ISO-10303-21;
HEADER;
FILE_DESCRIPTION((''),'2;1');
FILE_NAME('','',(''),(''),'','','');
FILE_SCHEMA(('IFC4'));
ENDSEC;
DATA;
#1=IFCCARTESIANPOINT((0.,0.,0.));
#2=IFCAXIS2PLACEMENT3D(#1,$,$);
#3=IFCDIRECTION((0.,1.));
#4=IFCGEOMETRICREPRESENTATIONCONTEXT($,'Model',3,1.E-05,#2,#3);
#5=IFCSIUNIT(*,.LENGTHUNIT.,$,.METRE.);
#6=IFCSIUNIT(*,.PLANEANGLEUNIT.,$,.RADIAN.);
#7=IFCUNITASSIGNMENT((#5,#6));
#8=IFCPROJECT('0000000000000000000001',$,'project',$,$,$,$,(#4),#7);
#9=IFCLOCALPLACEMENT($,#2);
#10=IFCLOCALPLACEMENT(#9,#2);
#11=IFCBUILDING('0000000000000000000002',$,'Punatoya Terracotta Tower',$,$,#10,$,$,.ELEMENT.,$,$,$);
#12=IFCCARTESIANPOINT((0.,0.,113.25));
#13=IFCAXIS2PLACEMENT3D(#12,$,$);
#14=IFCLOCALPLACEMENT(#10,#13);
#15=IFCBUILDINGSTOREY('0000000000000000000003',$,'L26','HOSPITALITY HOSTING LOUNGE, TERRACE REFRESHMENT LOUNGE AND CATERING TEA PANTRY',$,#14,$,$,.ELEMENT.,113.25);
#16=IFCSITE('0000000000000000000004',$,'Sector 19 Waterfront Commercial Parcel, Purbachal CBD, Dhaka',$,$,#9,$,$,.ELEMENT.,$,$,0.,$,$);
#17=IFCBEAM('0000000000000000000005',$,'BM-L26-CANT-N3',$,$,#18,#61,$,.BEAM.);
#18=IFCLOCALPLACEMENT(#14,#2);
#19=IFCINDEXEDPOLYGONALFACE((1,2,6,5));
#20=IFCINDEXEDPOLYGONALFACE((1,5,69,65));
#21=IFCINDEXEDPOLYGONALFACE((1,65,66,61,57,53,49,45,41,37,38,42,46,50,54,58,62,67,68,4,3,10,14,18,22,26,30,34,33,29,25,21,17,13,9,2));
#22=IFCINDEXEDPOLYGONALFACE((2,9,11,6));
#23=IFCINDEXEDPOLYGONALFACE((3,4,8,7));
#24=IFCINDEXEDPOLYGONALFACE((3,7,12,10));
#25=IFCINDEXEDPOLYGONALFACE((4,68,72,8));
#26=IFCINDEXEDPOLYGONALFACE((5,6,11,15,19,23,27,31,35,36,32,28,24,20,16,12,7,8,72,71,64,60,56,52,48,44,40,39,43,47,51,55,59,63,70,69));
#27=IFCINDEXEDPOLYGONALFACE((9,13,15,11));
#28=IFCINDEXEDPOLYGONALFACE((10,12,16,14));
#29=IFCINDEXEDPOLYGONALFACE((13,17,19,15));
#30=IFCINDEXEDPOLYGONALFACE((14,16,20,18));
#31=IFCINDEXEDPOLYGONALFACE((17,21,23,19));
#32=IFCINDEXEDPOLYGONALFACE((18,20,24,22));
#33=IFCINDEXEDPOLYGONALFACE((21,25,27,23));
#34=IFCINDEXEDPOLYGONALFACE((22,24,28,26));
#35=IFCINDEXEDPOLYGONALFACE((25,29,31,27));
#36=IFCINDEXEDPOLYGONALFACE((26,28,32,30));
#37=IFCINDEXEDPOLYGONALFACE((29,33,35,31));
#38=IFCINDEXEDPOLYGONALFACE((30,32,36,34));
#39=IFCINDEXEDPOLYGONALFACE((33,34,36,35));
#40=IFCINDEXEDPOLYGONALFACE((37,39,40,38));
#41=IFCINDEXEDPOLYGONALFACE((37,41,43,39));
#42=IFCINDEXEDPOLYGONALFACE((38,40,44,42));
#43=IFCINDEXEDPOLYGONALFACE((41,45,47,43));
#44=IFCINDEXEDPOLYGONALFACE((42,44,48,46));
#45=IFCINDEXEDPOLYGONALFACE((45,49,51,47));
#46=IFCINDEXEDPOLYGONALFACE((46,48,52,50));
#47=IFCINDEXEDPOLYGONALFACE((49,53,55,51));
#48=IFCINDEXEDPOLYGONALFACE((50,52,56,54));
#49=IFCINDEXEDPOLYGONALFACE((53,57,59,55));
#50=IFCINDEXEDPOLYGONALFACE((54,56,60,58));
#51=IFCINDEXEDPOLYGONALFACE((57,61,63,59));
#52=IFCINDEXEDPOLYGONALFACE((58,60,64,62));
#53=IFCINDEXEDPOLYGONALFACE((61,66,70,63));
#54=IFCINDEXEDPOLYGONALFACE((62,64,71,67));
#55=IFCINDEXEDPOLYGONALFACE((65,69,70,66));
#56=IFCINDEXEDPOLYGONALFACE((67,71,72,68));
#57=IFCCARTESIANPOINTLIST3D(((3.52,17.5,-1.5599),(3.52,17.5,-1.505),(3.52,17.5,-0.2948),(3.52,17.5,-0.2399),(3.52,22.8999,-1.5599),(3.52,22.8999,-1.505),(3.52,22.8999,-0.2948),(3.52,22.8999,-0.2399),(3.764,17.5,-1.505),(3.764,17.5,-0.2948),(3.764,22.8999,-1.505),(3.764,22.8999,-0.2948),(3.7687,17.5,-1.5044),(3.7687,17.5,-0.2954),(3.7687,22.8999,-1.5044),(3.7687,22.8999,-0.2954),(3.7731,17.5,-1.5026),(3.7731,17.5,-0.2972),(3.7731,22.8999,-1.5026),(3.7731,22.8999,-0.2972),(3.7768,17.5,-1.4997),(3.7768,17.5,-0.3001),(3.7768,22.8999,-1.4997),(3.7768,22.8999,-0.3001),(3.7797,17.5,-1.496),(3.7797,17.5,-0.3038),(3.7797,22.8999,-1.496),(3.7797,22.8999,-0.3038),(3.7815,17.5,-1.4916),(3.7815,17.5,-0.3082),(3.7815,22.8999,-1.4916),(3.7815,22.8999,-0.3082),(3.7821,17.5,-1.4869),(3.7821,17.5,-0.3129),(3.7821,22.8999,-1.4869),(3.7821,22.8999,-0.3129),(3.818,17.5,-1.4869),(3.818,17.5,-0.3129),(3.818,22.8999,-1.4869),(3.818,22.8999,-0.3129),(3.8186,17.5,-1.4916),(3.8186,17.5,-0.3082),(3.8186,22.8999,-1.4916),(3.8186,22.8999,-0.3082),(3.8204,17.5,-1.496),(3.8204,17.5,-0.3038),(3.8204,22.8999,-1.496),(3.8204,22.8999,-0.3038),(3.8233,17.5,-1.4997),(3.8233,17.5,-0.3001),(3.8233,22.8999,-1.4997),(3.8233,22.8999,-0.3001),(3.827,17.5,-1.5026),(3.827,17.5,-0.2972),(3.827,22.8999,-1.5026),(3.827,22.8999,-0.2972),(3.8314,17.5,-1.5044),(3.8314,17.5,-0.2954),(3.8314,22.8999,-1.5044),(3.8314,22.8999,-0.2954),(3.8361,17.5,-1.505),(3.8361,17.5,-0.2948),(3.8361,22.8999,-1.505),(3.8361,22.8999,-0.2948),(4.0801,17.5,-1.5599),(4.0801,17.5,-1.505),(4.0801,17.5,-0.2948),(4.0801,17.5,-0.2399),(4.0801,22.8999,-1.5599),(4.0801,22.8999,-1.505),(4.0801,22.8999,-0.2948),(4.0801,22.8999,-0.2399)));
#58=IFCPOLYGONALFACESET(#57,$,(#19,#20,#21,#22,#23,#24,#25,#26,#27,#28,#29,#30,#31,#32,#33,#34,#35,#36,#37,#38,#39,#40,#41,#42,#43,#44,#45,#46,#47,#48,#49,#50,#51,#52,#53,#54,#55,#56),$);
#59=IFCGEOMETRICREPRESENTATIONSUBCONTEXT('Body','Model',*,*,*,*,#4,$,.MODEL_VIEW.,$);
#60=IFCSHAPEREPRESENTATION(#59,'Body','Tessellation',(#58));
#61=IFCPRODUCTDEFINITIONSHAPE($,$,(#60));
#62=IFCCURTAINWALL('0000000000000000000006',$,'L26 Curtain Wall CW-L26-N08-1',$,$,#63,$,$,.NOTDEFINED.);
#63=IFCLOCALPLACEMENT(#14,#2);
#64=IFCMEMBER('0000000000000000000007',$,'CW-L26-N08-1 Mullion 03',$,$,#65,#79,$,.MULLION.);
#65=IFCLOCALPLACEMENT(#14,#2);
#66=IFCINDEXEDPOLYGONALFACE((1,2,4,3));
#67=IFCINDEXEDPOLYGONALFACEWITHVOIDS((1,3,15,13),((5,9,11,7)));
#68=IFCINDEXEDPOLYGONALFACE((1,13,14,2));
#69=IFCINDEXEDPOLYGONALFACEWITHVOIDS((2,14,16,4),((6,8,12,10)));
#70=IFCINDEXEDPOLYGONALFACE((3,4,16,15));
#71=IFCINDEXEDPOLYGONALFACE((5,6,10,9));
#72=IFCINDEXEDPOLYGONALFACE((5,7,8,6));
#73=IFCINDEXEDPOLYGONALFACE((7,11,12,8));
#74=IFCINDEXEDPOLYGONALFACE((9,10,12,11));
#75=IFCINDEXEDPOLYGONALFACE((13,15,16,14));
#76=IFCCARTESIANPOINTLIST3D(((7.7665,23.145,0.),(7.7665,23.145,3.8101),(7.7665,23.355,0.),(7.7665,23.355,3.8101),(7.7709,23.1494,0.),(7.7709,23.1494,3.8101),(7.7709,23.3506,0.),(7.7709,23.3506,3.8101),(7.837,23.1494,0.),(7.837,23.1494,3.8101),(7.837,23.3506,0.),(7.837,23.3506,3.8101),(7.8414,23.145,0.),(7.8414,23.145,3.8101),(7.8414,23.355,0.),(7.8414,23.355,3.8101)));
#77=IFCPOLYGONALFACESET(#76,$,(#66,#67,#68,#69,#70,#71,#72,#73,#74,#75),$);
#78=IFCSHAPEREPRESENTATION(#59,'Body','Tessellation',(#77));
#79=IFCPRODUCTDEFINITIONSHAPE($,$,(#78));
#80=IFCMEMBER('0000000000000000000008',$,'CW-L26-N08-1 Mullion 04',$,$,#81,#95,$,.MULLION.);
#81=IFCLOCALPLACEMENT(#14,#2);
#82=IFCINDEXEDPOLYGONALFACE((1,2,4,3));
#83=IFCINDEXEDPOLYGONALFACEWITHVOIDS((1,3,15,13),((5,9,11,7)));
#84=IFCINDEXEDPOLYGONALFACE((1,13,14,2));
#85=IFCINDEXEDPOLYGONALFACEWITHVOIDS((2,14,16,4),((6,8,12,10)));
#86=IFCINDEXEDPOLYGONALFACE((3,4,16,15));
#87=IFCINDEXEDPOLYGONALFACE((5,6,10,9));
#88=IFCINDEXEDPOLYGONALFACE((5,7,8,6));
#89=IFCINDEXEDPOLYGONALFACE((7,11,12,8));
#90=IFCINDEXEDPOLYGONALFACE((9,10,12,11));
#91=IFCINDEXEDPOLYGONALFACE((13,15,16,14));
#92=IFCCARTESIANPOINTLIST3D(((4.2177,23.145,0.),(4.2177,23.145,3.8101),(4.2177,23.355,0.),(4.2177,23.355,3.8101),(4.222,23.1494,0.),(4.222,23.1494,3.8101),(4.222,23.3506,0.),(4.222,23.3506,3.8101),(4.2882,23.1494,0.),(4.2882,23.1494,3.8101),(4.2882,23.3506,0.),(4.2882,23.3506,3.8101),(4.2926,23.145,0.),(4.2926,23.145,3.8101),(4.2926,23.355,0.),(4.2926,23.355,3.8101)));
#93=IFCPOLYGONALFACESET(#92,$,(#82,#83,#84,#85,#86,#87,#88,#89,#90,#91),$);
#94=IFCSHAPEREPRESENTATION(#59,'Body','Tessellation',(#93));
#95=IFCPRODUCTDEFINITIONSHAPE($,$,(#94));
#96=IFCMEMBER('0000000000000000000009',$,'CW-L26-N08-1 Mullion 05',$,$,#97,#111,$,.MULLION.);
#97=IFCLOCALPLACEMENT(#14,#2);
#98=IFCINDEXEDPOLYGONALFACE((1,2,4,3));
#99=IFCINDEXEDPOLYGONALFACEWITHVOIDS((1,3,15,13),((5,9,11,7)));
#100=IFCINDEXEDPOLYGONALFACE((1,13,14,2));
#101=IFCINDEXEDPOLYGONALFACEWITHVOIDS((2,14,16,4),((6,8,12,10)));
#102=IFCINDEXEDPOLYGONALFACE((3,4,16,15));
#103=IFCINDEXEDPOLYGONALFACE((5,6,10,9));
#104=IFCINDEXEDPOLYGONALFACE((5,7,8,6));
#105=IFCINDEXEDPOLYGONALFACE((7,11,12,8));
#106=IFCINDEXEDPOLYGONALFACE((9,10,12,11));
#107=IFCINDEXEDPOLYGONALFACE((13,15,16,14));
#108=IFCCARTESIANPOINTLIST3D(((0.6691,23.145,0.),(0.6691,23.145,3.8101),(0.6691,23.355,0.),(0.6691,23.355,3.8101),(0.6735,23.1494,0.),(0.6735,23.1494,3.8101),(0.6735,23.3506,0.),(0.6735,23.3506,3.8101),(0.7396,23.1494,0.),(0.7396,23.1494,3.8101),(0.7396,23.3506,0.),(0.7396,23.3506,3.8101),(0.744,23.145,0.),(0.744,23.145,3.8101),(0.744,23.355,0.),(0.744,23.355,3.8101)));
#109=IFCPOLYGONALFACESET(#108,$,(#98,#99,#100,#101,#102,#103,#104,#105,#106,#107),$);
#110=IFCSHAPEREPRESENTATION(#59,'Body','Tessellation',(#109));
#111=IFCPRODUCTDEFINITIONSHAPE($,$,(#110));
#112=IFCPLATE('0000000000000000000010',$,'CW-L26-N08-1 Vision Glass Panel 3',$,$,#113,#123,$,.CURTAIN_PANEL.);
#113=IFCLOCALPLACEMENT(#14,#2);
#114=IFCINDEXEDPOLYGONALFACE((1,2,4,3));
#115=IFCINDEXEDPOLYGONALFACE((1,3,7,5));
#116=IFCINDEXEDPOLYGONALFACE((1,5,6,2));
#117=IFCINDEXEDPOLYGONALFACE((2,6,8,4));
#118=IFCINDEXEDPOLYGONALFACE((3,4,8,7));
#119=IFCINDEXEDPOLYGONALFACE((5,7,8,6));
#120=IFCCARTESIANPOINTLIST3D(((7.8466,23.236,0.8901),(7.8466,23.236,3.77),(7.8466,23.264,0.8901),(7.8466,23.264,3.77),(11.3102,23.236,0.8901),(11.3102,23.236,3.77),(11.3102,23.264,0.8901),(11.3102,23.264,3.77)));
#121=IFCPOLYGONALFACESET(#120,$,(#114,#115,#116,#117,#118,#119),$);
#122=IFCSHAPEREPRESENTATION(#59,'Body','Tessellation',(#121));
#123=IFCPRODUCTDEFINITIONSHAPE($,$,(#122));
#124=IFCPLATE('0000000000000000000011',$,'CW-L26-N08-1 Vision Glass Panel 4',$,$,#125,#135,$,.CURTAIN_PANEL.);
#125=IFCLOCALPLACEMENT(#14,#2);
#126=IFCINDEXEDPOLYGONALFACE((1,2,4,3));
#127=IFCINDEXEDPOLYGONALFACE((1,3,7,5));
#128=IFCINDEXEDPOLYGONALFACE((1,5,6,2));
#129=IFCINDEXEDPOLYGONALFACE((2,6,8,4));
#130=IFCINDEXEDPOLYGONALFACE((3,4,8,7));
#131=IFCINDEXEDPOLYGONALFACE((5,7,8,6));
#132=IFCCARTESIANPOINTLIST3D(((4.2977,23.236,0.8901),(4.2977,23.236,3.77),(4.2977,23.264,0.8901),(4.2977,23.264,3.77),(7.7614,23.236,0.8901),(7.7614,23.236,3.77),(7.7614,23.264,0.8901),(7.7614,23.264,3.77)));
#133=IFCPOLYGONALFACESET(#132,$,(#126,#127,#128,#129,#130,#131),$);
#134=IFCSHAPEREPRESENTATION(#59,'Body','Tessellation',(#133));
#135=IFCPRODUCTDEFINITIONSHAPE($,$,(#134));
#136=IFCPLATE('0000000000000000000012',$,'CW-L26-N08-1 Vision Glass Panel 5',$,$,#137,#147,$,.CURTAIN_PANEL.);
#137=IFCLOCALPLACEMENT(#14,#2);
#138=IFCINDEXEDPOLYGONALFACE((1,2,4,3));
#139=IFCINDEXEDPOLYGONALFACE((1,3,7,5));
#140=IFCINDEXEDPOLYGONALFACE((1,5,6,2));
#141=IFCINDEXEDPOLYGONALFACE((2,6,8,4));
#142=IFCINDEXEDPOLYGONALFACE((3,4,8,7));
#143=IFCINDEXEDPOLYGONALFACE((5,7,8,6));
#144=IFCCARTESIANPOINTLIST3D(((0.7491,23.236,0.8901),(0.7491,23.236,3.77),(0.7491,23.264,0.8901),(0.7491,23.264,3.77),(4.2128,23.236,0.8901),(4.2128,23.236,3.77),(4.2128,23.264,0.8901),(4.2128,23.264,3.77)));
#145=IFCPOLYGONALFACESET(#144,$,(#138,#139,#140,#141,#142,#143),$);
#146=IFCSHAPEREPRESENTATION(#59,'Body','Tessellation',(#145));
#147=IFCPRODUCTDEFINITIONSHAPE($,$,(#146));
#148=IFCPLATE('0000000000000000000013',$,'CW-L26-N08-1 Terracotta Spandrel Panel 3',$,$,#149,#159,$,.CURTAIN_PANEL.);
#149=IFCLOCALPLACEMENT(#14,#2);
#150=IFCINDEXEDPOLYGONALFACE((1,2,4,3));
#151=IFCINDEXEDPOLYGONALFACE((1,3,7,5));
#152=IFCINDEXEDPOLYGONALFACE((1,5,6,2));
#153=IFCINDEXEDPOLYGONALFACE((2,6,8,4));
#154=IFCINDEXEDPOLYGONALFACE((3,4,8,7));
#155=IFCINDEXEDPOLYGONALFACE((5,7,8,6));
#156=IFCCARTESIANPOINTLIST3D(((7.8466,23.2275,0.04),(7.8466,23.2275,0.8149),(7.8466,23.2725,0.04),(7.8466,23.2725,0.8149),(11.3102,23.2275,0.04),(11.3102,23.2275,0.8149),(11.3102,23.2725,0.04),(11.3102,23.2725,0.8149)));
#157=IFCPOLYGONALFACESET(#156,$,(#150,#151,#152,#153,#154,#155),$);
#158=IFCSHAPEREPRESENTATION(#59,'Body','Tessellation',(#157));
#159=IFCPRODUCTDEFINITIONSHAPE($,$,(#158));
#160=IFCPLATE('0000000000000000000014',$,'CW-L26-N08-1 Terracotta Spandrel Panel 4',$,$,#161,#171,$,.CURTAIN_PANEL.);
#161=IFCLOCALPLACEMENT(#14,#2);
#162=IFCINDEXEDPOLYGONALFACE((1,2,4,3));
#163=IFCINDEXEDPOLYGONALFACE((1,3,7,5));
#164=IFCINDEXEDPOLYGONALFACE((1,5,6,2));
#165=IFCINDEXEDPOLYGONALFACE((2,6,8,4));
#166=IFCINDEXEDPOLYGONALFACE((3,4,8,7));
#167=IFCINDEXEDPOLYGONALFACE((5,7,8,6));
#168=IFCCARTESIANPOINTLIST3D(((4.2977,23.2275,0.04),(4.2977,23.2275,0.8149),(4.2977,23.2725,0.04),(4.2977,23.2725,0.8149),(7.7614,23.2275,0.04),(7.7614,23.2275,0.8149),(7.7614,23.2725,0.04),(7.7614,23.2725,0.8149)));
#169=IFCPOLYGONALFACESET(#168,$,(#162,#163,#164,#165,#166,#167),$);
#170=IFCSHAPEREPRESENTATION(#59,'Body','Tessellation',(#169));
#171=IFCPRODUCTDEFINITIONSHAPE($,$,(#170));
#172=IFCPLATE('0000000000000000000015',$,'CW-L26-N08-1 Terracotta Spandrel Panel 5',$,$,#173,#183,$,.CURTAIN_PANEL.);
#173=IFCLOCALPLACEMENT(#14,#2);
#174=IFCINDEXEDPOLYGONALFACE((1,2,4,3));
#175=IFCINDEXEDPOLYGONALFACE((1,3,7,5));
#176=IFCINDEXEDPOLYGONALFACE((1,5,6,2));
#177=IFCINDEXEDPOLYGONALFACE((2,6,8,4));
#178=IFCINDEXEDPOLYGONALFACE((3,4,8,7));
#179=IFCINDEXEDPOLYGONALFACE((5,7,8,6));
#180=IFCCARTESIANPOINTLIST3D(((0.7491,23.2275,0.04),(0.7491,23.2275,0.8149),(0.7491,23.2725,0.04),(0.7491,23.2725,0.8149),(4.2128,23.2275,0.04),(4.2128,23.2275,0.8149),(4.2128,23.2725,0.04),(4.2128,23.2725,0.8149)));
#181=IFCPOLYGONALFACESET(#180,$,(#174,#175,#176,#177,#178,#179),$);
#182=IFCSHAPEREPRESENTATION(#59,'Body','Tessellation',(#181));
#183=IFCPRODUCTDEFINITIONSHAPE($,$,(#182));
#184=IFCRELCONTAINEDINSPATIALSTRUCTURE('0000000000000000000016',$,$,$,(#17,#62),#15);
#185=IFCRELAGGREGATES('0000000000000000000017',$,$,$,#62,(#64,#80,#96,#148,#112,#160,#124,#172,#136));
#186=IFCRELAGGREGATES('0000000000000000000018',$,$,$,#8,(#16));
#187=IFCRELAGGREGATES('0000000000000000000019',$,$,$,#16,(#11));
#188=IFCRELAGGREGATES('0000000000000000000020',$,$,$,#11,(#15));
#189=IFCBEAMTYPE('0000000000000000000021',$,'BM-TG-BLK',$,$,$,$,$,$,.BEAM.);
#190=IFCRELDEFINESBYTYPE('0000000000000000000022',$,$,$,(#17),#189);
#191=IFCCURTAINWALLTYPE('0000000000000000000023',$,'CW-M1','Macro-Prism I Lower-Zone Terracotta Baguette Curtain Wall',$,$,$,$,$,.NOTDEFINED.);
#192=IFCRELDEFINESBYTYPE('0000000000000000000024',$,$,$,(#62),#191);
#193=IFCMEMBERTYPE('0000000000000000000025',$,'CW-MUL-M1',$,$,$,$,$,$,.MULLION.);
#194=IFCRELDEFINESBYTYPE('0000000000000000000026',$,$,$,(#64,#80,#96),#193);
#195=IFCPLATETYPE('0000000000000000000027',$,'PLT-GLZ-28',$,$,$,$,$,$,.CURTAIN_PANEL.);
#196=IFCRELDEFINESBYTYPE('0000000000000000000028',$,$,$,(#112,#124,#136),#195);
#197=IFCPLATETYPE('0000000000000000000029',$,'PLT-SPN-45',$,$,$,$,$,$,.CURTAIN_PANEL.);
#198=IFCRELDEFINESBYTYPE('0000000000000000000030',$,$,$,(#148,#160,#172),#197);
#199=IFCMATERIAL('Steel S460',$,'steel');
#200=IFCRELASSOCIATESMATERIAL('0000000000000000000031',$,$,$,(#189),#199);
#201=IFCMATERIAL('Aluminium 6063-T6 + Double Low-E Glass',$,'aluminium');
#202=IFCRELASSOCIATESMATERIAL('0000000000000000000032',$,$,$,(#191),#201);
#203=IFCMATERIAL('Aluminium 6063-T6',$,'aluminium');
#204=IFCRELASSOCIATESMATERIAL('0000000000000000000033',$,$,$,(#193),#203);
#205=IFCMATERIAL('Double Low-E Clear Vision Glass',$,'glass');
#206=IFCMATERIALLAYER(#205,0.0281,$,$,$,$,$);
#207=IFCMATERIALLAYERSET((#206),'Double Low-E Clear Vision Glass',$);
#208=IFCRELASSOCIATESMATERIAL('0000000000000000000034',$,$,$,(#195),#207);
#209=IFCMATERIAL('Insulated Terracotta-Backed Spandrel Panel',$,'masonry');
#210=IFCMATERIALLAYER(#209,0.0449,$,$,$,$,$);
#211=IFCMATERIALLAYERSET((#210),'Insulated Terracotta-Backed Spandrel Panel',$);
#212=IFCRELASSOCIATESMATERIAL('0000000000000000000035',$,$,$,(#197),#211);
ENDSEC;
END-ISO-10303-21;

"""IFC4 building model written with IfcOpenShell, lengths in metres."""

from ifc_helpers import new_model, si_unit, direction, frame, origin, origin_2d, place, context, subcontext, project, spatial, rectangle, hollow_rectangle, i_section, extrude, material, layer, layer_set, material_profile, profile_set, type_object, element, aggregate, save


model = new_model("IFC4")

# Units and contexts
model_context = context("Model", 3, precision=1e-05, world=origin(), true_north=direction((0.0, 1.0)))
body_context = subcontext(model_context, "Body", "Model", "MODEL_VIEW")
ifc_project = project(units=[si_unit("LENGTHUNIT", "METRE"), si_unit("PLANEANGLEUNIT", "RADIAN")], contexts=[model_context])

# Site, building, storey
site_placement = place(None, origin())
site = spatial("IfcSite", under=ifc_project, at=site_placement, Name="Sector 19 Waterfront Commercial Parcel, Purbachal CBD, Dhaka", CompositionType="ELEMENT", RefElevation=0.0)
building_placement = place(site_placement, origin())
building = spatial("IfcBuilding", under=site, at=building_placement, Name="Punatoya Terracotta Tower", CompositionType="ELEMENT")
storey_placement = place(building_placement, frame((0.0, 0.0, 113.25)))
storey = spatial("IfcBuildingStorey", under=building, at=storey_placement, Name="L26", Description="HOSPITALITY HOSTING LOUNGE, TERRACE REFRESHMENT LOUNGE AND CATERING TEA PANTRY", CompositionType="ELEMENT", Elevation=113.25)

# Shared definitions
ifc_material_1 = material(Name="Steel S460", Category="steel")

# Beam
ifc_material_profile_1 = material_profile(ifc_material_1, i_section(OverallWidth=0.5601, OverallDepth=1.3201, WebThickness=0.0359, FlangeThickness=0.0549, FilletRadius=0.0181, at=origin_2d()))
ifc_profile_set_1 = profile_set([ifc_material_profile_1], Name="Steel S460")
beam_type_1 = type_object("IfcBeamType", Name="BM-TG-BLK", PredefinedType="BEAM", material=ifc_profile_set_1)
beam_1_placement = place(storey_placement, frame((3.8, 17.5, -0.8999), z_axis=(0.0, 1.0, 0.0), x_axis=(-1.0, 0.0, 0.0)))
element("IfcBeam", 1, at=beam_1_placement, inside=storey, type_object=beam_type_1, Name="BM-L26-CANT-N3", PredefinedType="BEAM", context=body_context, shape_type="SweptSolid", body=[
    extrude(i_section(OverallWidth=0.5601, OverallDepth=1.3201, WebThickness=0.0359, FlangeThickness=0.0549, FilletRadius=0.0181, at=origin_2d()), origin(), (0.0, 0.0, 1.0), 5.3999),
])

# Curtain wall, members, plates
ifc_material_2 = material(Name="Aluminium 6063-T6 + Double Low-E Glass", Category="aluminium")
curtain_wall_type = type_object("IfcCurtainWallType", Name="CW-M1", Description="Macro-Prism I Lower-Zone Terracotta Baguette Curtain Wall", PredefinedType="NOTDEFINED", material=ifc_material_2)
curtain_wall_placement = place(storey_placement, origin())
curtain_wall = element("IfcCurtainWall", 2, at=curtain_wall_placement, inside=storey, type_object=curtain_wall_type, Name="L26 Curtain Wall CW-L26-N08-1", PredefinedType="NOTDEFINED")
ifc_material_3 = material(Name="Aluminium 6063-T6", Category="aluminium")
ifc_material_profile_2 = material_profile(ifc_material_3, hollow_rectangle(XDim=0.075, YDim=0.21, WallThickness=0.0044, at=origin_2d()))
ifc_profile_set_2 = profile_set([ifc_material_profile_2], Name="Aluminium 6063-T6")
member_type = type_object("IfcMemberType", Name="CW-MUL-M1", PredefinedType="MULLION", material=ifc_profile_set_2)
member_1_placement = place(storey_placement, frame((7.804, 23.25, 0.0), z_axis=(0.0, 0.0, 1.0), x_axis=(1.0, 0.0, 0.0)))
member_1 = element("IfcMember", 3, at=member_1_placement, type_object=member_type, Name="CW-L26-N08-1 Mullion 03", PredefinedType="MULLION", context=body_context, shape_type="SweptSolid", body=[
    extrude(hollow_rectangle(XDim=0.075, YDim=0.21, WallThickness=0.0044, at=origin_2d()), origin(), (0.0, 0.0, 1.0), 3.8101),
])
member_2_placement = place(storey_placement, frame((4.2551, 23.25, 0.0), z_axis=(0.0, 0.0, 1.0), x_axis=(1.0, 0.0, 0.0)))
member_2 = element("IfcMember", 4, at=member_2_placement, type_object=member_type, Name="CW-L26-N08-1 Mullion 04", PredefinedType="MULLION", context=body_context, shape_type="SweptSolid", body=[
    extrude(hollow_rectangle(XDim=0.075, YDim=0.21, WallThickness=0.0044, at=origin_2d()), origin(), (0.0, 0.0, 1.0), 3.8101),
])
member_3_placement = place(storey_placement, frame((0.7065, 23.25, 0.0), z_axis=(0.0, 0.0, 1.0), x_axis=(1.0, 0.0, 0.0)))
member_3 = element("IfcMember", 5, at=member_3_placement, type_object=member_type, Name="CW-L26-N08-1 Mullion 05", PredefinedType="MULLION", context=body_context, shape_type="SweptSolid", body=[
    extrude(hollow_rectangle(XDim=0.075, YDim=0.21, WallThickness=0.0044, at=origin_2d()), origin(), (0.0, 0.0, 1.0), 3.8101),
])
ifc_material_4 = material(Name="Double Low-E Clear Vision Glass", Category="glass")
ifc_layer_1 = layer(ifc_material_4, 0.0281)
ifc_layer_set_1 = layer_set([ifc_layer_1], Name="Double Low-E Clear Vision Glass")
plate_type_1 = type_object("IfcPlateType", Name="PLT-GLZ-28", PredefinedType="CURTAIN_PANEL", material=ifc_layer_set_1)
plate_1_placement = place(storey_placement, frame((9.5784, 23.25, 0.8901), z_axis=(0.0, 0.0, 1.0), x_axis=(-1.0, 0.0, 0.0)))
plate_1 = element("IfcPlate", 6, at=plate_1_placement, type_object=plate_type_1, Name="CW-L26-N08-1 Vision Glass Panel 3", PredefinedType="CURTAIN_PANEL", context=body_context, shape_type="SweptSolid", body=[
    extrude(rectangle(XDim=3.4636, YDim=0.0281, at=origin_2d()), origin(), (0.0, 0.0, 1.0), 2.8799),
])
plate_2_placement = place(storey_placement, frame((6.0295, 23.25, 0.8901), z_axis=(0.0, 0.0, 1.0), x_axis=(-1.0, 0.0, 0.0)))
plate_2 = element("IfcPlate", 7, at=plate_2_placement, type_object=plate_type_1, Name="CW-L26-N08-1 Vision Glass Panel 4", PredefinedType="CURTAIN_PANEL", context=body_context, shape_type="SweptSolid", body=[
    extrude(rectangle(XDim=3.4636, YDim=0.0281, at=origin_2d()), origin(), (0.0, 0.0, 1.0), 2.8799),
])
plate_3_placement = place(storey_placement, frame((2.481, 23.25, 0.8901), z_axis=(0.0, 0.0, 1.0), x_axis=(-1.0, 0.0, 0.0)))
plate_3 = element("IfcPlate", 8, at=plate_3_placement, type_object=plate_type_1, Name="CW-L26-N08-1 Vision Glass Panel 5", PredefinedType="CURTAIN_PANEL", context=body_context, shape_type="SweptSolid", body=[
    extrude(rectangle(XDim=3.4636, YDim=0.0281, at=origin_2d()), origin(), (0.0, 0.0, 1.0), 2.8799),
])
ifc_material_5 = material(Name="Insulated Terracotta-Backed Spandrel Panel", Category="masonry")
ifc_layer_2 = layer(ifc_material_5, 0.0449)
ifc_layer_set_2 = layer_set([ifc_layer_2], Name="Insulated Terracotta-Backed Spandrel Panel")
plate_type_2 = type_object("IfcPlateType", Name="PLT-SPN-45", PredefinedType="CURTAIN_PANEL", material=ifc_layer_set_2)
plate_4_placement = place(storey_placement, frame((9.5784, 23.25, 0.04), z_axis=(0.0, 0.0, 1.0), x_axis=(-1.0, 0.0, 0.0)))
plate_4 = element("IfcPlate", 9, at=plate_4_placement, type_object=plate_type_2, Name="CW-L26-N08-1 Terracotta Spandrel Panel 3", PredefinedType="CURTAIN_PANEL", context=body_context, shape_type="SweptSolid", body=[
    extrude(rectangle(XDim=3.4636, YDim=0.0449, at=origin_2d()), origin(), (0.0, 0.0, 1.0), 0.7749),
])
plate_5_placement = place(storey_placement, frame((6.0295, 23.25, 0.04), z_axis=(0.0, 0.0, 1.0), x_axis=(-1.0, 0.0, 0.0)))
plate_5 = element("IfcPlate", 10, at=plate_5_placement, type_object=plate_type_2, Name="CW-L26-N08-1 Terracotta Spandrel Panel 4", PredefinedType="CURTAIN_PANEL", context=body_context, shape_type="SweptSolid", body=[
    extrude(rectangle(XDim=3.4636, YDim=0.0449, at=origin_2d()), origin(), (0.0, 0.0, 1.0), 0.7749),
])
plate_6_placement = place(storey_placement, frame((2.481, 23.25, 0.04), z_axis=(0.0, 0.0, 1.0), x_axis=(-1.0, 0.0, 0.0)))
plate_6 = element("IfcPlate", 11, at=plate_6_placement, type_object=plate_type_2, Name="CW-L26-N08-1 Terracotta Spandrel Panel 5", PredefinedType="CURTAIN_PANEL", context=body_context, shape_type="SweptSolid", body=[
    extrude(rectangle(XDim=3.4636, YDim=0.0449, at=origin_2d()), origin(), (0.0, 0.0, 1.0), 0.7749),
])
aggregate(curtain_wall, [member_1, member_2, member_3, plate_4, plate_1, plate_5, plate_2, plate_6, plate_3])

save(model, "model.ifc")
